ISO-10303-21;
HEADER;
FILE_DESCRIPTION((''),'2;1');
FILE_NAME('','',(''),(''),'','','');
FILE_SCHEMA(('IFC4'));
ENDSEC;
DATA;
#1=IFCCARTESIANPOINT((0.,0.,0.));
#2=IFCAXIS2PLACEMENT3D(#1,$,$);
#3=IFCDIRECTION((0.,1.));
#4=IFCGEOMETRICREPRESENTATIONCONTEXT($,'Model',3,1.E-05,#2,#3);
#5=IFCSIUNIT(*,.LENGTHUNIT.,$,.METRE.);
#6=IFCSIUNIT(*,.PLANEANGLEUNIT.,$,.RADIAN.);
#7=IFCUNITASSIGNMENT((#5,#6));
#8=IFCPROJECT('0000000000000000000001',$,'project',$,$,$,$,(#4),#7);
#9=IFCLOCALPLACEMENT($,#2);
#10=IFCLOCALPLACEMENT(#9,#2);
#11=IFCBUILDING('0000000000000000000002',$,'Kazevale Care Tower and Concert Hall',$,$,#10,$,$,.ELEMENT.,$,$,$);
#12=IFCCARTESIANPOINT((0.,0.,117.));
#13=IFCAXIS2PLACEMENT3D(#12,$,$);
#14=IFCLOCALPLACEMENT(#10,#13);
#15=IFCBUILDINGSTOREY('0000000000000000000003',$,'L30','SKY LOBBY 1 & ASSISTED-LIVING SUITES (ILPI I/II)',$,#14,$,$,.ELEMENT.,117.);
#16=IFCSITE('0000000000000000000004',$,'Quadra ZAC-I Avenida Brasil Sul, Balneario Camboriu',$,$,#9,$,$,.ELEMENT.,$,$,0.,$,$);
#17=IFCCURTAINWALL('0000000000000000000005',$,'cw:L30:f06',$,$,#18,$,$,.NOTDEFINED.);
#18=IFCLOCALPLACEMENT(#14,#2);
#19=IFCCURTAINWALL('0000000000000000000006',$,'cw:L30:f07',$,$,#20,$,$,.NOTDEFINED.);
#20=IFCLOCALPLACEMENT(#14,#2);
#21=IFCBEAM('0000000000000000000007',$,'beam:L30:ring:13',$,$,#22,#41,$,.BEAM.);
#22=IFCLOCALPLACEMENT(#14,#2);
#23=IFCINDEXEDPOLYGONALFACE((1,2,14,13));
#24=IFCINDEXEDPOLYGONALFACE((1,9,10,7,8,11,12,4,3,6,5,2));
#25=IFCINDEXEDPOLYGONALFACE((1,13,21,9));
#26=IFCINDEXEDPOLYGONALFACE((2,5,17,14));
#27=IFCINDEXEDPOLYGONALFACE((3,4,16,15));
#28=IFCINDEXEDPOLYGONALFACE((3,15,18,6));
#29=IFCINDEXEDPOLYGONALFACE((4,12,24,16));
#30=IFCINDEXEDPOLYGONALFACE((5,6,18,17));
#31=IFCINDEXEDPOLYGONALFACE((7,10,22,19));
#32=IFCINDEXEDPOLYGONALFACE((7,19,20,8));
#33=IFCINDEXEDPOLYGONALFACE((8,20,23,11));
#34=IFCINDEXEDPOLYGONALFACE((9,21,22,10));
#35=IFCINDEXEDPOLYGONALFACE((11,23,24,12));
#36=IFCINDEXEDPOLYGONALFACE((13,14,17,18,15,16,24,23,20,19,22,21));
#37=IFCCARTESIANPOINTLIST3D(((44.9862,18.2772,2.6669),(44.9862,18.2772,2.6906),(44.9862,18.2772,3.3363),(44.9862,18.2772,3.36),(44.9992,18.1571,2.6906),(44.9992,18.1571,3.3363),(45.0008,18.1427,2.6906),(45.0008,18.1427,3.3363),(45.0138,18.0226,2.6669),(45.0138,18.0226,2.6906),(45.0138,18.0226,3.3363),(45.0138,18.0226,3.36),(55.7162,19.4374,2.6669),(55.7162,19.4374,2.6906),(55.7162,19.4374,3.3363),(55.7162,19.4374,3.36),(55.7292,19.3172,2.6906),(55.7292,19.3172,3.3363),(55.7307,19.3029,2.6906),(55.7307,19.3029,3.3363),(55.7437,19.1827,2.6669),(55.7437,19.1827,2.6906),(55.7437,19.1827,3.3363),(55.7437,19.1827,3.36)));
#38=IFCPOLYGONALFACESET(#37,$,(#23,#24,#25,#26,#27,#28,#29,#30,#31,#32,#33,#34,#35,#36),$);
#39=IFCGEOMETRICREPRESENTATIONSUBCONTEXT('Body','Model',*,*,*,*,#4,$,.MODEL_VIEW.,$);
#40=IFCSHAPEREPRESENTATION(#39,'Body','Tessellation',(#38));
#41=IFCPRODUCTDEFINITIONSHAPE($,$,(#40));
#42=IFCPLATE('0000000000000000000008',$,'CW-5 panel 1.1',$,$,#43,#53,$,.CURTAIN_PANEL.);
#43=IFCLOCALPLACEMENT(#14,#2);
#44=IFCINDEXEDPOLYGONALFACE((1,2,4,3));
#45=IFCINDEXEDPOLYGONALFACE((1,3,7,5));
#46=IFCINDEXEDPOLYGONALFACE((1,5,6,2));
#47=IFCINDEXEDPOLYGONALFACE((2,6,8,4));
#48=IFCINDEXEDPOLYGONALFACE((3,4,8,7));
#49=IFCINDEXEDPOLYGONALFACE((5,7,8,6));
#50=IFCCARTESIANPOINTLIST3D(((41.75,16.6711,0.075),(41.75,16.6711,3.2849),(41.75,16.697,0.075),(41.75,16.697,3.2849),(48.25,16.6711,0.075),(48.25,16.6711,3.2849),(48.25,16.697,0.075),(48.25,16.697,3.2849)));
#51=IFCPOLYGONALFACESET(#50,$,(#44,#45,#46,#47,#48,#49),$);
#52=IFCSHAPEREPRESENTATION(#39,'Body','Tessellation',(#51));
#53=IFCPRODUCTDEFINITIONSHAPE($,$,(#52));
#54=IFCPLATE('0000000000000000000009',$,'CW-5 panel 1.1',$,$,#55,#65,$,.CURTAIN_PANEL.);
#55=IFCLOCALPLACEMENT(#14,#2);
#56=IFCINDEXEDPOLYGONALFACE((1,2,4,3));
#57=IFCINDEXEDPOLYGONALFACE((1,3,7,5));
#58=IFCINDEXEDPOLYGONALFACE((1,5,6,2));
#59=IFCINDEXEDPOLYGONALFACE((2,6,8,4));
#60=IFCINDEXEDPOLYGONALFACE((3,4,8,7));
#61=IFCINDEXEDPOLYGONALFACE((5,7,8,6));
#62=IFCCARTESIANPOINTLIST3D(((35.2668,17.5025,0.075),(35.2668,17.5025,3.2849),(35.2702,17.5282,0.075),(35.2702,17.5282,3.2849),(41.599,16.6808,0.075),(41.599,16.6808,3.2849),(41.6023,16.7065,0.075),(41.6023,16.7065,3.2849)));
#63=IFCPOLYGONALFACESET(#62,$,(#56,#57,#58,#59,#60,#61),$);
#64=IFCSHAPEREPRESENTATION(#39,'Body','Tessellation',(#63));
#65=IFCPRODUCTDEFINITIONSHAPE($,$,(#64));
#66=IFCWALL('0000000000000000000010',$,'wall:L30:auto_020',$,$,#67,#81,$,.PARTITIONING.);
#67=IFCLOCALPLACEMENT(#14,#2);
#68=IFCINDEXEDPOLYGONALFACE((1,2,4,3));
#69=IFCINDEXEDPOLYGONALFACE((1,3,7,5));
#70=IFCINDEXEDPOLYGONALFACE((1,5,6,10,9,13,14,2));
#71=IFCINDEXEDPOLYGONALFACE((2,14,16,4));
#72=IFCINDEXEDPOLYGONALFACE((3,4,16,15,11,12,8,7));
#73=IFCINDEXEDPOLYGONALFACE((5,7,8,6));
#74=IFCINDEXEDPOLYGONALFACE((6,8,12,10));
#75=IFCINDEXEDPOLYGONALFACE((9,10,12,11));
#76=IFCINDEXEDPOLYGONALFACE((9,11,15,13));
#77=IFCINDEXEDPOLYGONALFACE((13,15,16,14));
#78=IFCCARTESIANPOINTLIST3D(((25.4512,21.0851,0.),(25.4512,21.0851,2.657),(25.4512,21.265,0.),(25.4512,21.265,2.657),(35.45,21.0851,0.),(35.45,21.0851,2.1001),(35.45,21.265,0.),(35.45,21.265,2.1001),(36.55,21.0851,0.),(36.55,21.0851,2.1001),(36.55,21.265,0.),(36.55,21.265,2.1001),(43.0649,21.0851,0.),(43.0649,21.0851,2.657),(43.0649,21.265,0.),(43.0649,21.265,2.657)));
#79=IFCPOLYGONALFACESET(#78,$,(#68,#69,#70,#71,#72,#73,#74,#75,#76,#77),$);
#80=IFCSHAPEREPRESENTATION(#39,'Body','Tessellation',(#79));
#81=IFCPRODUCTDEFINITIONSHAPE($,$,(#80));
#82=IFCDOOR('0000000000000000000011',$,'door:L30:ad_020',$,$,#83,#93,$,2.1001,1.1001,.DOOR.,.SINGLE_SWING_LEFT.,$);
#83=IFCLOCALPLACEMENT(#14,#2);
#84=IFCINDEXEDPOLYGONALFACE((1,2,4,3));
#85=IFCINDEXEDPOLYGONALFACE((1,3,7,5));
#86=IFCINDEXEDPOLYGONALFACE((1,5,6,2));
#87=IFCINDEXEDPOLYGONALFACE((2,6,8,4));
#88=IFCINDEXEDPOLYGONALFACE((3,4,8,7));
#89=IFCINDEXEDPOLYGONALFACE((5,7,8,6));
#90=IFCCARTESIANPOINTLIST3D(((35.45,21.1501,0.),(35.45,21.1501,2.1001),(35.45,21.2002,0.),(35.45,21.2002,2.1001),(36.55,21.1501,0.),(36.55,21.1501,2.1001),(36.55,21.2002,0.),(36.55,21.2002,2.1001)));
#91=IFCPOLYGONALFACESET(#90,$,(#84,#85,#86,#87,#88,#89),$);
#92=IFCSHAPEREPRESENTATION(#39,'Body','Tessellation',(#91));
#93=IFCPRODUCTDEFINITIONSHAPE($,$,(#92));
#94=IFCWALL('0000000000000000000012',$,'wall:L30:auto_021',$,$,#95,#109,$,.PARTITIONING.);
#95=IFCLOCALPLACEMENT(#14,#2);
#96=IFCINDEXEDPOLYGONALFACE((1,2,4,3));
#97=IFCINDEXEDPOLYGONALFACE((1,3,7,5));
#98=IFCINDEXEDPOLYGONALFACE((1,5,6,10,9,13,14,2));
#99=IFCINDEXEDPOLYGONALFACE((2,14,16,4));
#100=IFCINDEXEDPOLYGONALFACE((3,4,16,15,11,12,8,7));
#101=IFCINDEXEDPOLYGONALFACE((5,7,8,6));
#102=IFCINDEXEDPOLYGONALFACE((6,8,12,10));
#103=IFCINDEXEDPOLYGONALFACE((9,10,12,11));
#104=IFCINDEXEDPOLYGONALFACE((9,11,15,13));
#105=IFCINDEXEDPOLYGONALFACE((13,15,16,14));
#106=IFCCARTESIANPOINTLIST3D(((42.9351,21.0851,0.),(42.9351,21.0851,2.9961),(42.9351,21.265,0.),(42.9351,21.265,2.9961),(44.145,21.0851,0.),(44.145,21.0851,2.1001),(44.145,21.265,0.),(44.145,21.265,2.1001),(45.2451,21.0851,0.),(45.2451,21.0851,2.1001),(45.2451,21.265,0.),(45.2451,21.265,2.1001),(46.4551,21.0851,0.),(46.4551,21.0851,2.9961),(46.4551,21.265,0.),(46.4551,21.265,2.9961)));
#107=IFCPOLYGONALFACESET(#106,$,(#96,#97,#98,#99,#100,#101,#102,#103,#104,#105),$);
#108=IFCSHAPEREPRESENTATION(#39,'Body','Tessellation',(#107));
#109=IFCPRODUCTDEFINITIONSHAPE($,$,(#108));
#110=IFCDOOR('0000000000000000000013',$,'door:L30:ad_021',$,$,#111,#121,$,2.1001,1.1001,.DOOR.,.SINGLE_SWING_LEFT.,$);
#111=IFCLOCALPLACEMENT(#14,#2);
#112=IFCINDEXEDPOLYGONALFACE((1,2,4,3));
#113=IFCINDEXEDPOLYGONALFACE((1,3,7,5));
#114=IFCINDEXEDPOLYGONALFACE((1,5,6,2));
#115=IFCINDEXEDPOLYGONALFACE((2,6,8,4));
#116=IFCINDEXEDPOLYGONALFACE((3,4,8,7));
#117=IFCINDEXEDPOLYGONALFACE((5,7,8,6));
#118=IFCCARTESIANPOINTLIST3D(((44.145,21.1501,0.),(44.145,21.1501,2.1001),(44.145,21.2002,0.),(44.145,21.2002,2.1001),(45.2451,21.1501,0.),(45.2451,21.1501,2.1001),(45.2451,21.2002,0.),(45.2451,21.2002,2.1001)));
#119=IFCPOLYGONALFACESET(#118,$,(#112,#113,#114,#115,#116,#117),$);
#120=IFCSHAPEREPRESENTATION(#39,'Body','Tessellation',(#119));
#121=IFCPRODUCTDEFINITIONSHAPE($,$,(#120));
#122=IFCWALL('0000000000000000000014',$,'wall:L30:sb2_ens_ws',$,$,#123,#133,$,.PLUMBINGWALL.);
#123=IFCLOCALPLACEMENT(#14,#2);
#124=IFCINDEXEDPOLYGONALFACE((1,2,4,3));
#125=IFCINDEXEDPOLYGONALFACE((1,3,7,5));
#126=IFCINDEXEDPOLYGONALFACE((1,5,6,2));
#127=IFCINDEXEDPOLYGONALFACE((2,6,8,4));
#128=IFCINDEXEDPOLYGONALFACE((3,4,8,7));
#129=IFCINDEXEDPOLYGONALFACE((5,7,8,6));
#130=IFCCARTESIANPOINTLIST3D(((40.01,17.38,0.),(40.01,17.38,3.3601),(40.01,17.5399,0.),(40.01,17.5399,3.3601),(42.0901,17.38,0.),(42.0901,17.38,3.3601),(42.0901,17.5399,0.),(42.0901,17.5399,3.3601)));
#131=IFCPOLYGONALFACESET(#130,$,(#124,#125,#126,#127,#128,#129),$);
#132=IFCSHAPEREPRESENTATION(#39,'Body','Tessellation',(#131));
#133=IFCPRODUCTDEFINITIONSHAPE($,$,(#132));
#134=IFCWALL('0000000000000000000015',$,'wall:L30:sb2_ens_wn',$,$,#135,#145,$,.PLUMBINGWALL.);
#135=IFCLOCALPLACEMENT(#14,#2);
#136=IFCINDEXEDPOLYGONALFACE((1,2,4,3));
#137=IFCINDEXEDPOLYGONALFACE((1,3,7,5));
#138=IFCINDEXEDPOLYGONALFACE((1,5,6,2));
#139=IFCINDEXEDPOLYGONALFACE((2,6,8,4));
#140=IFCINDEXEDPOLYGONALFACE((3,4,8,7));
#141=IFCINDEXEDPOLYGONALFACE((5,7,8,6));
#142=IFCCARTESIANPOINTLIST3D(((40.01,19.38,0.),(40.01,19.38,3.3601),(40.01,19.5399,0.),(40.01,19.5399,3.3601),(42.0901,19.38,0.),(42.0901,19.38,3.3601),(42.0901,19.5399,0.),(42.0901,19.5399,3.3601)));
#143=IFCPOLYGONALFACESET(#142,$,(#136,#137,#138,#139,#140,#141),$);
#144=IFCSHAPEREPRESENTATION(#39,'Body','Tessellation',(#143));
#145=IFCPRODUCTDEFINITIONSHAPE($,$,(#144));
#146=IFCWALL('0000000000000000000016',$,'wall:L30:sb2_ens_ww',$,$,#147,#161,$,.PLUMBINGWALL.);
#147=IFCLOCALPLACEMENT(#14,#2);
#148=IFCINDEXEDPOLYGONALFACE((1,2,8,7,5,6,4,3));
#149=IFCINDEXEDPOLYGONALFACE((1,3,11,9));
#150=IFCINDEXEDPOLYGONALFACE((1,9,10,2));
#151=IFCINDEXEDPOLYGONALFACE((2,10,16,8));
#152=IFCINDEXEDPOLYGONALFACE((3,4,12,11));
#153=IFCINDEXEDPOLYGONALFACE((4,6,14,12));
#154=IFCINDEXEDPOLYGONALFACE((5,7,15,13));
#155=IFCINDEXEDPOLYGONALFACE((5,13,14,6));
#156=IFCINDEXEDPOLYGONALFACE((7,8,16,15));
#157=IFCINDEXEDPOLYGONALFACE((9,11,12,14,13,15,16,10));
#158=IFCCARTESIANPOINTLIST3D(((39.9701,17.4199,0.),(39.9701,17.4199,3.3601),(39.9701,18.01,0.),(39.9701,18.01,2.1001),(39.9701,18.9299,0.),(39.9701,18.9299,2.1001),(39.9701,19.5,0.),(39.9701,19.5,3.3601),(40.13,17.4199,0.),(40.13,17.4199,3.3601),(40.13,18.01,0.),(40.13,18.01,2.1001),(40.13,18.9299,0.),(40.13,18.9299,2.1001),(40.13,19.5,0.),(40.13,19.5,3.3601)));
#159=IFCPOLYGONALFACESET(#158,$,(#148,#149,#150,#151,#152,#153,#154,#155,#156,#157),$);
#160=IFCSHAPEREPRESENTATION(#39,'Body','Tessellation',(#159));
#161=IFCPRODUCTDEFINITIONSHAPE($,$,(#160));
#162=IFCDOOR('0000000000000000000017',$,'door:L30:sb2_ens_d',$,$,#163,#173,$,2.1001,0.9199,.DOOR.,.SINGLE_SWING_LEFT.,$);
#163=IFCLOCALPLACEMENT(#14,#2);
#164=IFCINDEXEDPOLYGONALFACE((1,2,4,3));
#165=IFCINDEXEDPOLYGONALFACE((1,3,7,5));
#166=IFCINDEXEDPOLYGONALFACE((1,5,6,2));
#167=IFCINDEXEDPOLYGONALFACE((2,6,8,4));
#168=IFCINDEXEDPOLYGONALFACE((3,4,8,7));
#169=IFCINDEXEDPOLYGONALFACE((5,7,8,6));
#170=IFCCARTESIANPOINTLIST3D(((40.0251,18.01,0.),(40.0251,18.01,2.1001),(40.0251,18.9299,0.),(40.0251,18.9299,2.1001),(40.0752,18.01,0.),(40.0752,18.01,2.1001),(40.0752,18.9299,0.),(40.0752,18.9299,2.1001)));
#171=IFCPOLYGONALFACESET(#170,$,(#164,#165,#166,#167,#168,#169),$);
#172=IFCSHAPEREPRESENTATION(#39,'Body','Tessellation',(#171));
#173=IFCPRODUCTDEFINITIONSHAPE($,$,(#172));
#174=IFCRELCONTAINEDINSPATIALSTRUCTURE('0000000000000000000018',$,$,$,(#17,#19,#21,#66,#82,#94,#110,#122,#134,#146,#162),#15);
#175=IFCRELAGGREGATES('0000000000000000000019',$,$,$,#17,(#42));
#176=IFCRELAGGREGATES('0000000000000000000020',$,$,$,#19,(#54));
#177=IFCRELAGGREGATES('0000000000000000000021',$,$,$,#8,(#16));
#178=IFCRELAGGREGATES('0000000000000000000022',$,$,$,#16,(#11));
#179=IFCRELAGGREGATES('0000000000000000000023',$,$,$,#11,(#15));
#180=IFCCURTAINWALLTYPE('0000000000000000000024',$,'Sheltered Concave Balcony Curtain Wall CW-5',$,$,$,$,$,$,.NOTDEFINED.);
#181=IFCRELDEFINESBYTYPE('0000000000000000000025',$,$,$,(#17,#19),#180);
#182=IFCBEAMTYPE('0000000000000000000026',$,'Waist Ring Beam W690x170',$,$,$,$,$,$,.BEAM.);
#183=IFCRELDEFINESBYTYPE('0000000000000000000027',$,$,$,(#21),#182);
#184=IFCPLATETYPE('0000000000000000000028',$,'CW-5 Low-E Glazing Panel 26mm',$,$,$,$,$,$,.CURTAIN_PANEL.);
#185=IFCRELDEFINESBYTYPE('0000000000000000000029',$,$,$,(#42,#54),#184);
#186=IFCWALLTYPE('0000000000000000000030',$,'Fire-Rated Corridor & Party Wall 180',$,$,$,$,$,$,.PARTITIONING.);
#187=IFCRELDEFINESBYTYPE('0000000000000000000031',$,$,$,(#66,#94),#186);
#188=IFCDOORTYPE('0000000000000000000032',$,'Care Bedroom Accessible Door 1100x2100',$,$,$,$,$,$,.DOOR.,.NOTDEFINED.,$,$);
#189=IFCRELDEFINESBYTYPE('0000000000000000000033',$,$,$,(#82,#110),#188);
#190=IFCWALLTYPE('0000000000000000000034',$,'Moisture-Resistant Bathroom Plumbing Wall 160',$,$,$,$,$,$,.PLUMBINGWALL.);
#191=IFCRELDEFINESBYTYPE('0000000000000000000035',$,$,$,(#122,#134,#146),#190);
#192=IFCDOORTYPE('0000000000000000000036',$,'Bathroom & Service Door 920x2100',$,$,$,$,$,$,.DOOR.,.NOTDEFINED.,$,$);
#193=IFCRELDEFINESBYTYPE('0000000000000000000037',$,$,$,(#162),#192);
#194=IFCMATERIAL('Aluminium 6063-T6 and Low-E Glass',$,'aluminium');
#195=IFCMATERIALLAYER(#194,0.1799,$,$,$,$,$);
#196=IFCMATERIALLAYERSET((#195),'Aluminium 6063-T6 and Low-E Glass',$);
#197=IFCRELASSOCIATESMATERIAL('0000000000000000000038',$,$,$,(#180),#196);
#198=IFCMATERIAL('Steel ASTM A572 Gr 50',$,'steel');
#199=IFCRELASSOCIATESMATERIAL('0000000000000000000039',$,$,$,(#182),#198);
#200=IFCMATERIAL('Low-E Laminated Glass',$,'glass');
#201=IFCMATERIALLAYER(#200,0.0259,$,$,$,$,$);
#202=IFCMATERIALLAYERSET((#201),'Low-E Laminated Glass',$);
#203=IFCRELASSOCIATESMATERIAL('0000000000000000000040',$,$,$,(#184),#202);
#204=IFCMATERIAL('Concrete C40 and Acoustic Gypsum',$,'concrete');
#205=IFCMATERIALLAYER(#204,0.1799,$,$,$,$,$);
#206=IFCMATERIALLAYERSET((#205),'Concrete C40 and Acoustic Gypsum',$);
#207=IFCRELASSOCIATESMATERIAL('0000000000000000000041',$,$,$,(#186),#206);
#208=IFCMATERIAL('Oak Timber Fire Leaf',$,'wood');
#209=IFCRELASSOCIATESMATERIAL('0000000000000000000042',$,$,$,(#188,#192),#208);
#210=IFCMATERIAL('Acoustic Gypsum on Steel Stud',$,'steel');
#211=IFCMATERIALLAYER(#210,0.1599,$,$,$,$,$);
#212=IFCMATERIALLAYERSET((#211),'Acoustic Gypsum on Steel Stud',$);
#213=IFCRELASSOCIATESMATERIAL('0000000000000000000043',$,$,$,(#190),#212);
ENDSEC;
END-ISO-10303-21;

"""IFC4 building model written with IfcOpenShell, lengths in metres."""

from ifc_helpers import new_model, si_unit, direction, frame, frame_2d, origin, origin_2d, place, context, subcontext, project, spatial, rectangle, i_section, extrude, material, layer, layer_set, material_profile, profile_set, type_object, element, fill, aggregate, save


model = new_model("IFC4")

# Units and contexts
model_context = context("Model", 3, precision=1e-05, world=origin(), true_north=direction((0.0, 1.0)))
body_context = subcontext(model_context, "Body", "Model", "MODEL_VIEW")
ifc_project = project(units=[si_unit("LENGTHUNIT", "METRE"), si_unit("PLANEANGLEUNIT", "RADIAN")], contexts=[model_context])

# Site, building, storey
site_placement = place(None, origin())
site = spatial("IfcSite", under=ifc_project, at=site_placement, Name="Quadra ZAC-I Avenida Brasil Sul, Balneario Camboriu", CompositionType="ELEMENT", RefElevation=0.0)
building_placement = place(site_placement, origin())
building = spatial("IfcBuilding", under=site, at=building_placement, Name="Kazevale Care Tower and Concert Hall", CompositionType="ELEMENT")
storey_placement = place(building_placement, frame((0.0, 0.0, 117.0)))
storey = spatial("IfcBuildingStorey", under=building, at=storey_placement, Name="L30", Description="SKY LOBBY 1 & ASSISTED-LIVING SUITES (ILPI I/II)", CompositionType="ELEMENT", Elevation=117.0)

# Curtain walls
ifc_material_1 = material(Name="Aluminium 6063-T6 and Low-E Glass", Category="aluminium")
ifc_layer_1 = layer(ifc_material_1, 0.1799)
ifc_layer_set_1 = layer_set([ifc_layer_1], Name="Aluminium 6063-T6 and Low-E Glass")
curtain_wall_type = type_object("IfcCurtainWallType", Name="Sheltered Concave Balcony Curtain Wall CW-5", PredefinedType="NOTDEFINED", material=ifc_layer_set_1)
curtain_wall_1_placement = place(storey_placement, origin())
curtain_wall_1 = element("IfcCurtainWall", 1, at=curtain_wall_1_placement, inside=storey, type_object=curtain_wall_type, Name="cw:L30:f06", PredefinedType="NOTDEFINED")
curtain_wall_2_placement = place(storey_placement, origin())
curtain_wall_2 = element("IfcCurtainWall", 2, at=curtain_wall_2_placement, inside=storey, type_object=curtain_wall_type, Name="cw:L30:f07", PredefinedType="NOTDEFINED")

# Beam
ifc_material_2 = material(Name="Steel ASTM A572 Gr 50", Category="steel")
ifc_material_profile_1 = material_profile(ifc_material_2, i_section(OverallWidth=0.2561, OverallDepth=0.6931, WebThickness=0.0144, FlangeThickness=0.0237, at=origin_2d()), Name="W690x170")
ifc_profile_set_1 = profile_set([ifc_material_profile_1], Name="Steel ASTM A572 Gr 50")
beam_type_1 = type_object("IfcBeamType", Name="Waist Ring Beam W690x170", PredefinedType="BEAM", material=ifc_profile_set_1)
beam_1_placement = place(storey_placement, frame((45.0, 18.1499, 3.0134), z_axis=(0.994205, 0.107496, 0.0), x_axis=(-0.107496, 0.994205, 0.0)))
element("IfcBeam", 3, at=beam_1_placement, inside=storey, type_object=beam_type_1, Name="beam:L30:ring:13", PredefinedType="BEAM", context=body_context, shape_type="SweptSolid", body=[
    extrude(i_section(OverallWidth=0.2561, OverallDepth=0.6931, WebThickness=0.0144, FlangeThickness=0.0237, at=origin_2d()), origin(), (0.0, 0.0, 1.0), 10.7925),
])

# Plates
ifc_material_3 = material(Name="Low-E Laminated Glass", Category="glass")
ifc_layer_2 = layer(ifc_material_3, 0.0259)
ifc_layer_set_2 = layer_set([ifc_layer_2], Name="Low-E Laminated Glass")
plate_type = type_object("IfcPlateType", Name="CW-5 Low-E Glazing Panel 26mm", PredefinedType="CURTAIN_PANEL", material=ifc_layer_set_2)
plate_1_placement = place(storey_placement, frame((45.0, 16.6841, 0.075), z_axis=(0.0, 0.0, 1.0), x_axis=(-1.0, 0.0, 0.0)))
plate_1 = element("IfcPlate", 4, at=plate_1_placement, type_object=plate_type, Name="CW-5 panel 1.1", PredefinedType="CURTAIN_PANEL", context=body_context, shape_type="SweptSolid", body=[
    extrude(rectangle(XDim=6.5, YDim=0.0259, at=origin_2d()), origin(), (0.0, 0.0, 1.0), 3.21),
])
aggregate(curtain_wall_1, [plate_1])
plate_2_placement = place(storey_placement, frame((38.4346, 17.1045, 0.075), z_axis=(0.0, 0.0, 1.0), x_axis=(-0.991686, 0.128685, 0.0)))
plate_2 = element("IfcPlate", 5, at=plate_2_placement, type_object=plate_type, Name="CW-5 panel 1.1", PredefinedType="CURTAIN_PANEL", context=body_context, shape_type="SweptSolid", body=[
    extrude(rectangle(XDim=6.3853, YDim=0.0259, at=origin_2d()), origin(), (0.0, 0.0, 1.0), 3.21),
])
aggregate(curtain_wall_2, [plate_2])

# Walls, openings, doors
ifc_material_4 = material(Name="Concrete C40 and Acoustic Gypsum", Category="concrete")
ifc_layer_3 = layer(ifc_material_4, 0.1799)
ifc_layer_set_3 = layer_set([ifc_layer_3], Name="Concrete C40 and Acoustic Gypsum")
wall_type_1 = type_object("IfcWallType", Name="Fire-Rated Corridor & Party Wall 180", PredefinedType="PARTITIONING", material=ifc_layer_set_3)
wall_1_placement = place(storey_placement, frame((43.0649, 21.175, 0.0), z_axis=(0.0, 0.0, 1.0), x_axis=(-1.0, 0.0, 0.0)))
wall_1 = element("IfcWall", 6, at=wall_1_placement, inside=storey, type_object=wall_type_1, Name="wall:L30:auto_020", PredefinedType="PARTITIONING", context=body_context, shape_type="SweptSolid", body=[
    extrude(rectangle(XDim=17.6138, YDim=0.1799, at=frame_2d((8.8069, 0.0))), origin(), (0.0, 0.0, 1.0), 2.657),
])
opening_1_placement = place(wall_1_placement, frame((6.5149, 0.0, 0.0)))
opening_1 = element("IfcOpeningElement", 7, at=opening_1_placement, cuts=wall_1, PredefinedType="OPENING", context=body_context, shape_type="SweptSolid", body=[
    extrude(rectangle(XDim=1.1001, YDim=2.1001, at=frame_2d((0.55, 1.05))), frame((0.0, 0.0999, 0.0), z_axis=(0.0, -1.0, 0.0), x_axis=(1.0, 0.0, 0.0)), (0.0, 0.0, 1.0), 0.2),
])
ifc_material_5 = material(Name="Oak Timber Fire Leaf", Category="wood")
door_type_1 = type_object("IfcDoorType", Name="Care Bedroom Accessible Door 1100x2100", OperationType="NOTDEFINED", PredefinedType="DOOR", material=ifc_material_5)
door_1_placement = place(opening_1_placement, origin())
door_1 = element("IfcDoor", 8, at=door_1_placement, inside=storey, type_object=door_type_1, Name="door:L30:ad_020", OperationType="SINGLE_SWING_LEFT", OverallHeight=2.1001, OverallWidth=1.1001, PredefinedType="DOOR", context=body_context, shape_type="SweptSolid", body=[
    extrude(rectangle(XDim=1.1001, YDim=2.1001, at=frame_2d((0.55, 1.05))), frame((0.0, 0.0249, 0.0), z_axis=(0.0, -1.0, 0.0), x_axis=(1.0, 0.0, 0.0)), (0.0, 0.0, 1.0), 0.05),
])
fill(opening_1, door_1)
wall_2_placement = place(storey_placement, frame((46.4551, 21.175, 0.0), z_axis=(0.0, 0.0, 1.0), x_axis=(-1.0, 0.0, 0.0)))
wall_2 = element("IfcWall", 9, at=wall_2_placement, inside=storey, type_object=wall_type_1, Name="wall:L30:auto_021", PredefinedType="PARTITIONING", context=body_context, shape_type="SweptSolid", body=[
    extrude(rectangle(XDim=3.52, YDim=0.1799, at=frame_2d((1.76, 0.0))), origin(), (0.0, 0.0, 1.0), 2.9961),
])
opening_2_placement = place(wall_2_placement, frame((1.21, 0.0, 0.0)))
opening_2 = element("IfcOpeningElement", 10, at=opening_2_placement, cuts=wall_2, PredefinedType="OPENING", context=body_context, shape_type="SweptSolid", body=[
    extrude(rectangle(XDim=1.1001, YDim=2.1001, at=frame_2d((0.55, 1.05))), frame((0.0, 0.0999, 0.0), z_axis=(0.0, -1.0, 0.0), x_axis=(1.0, 0.0, 0.0)), (0.0, 0.0, 1.0), 0.2),
])
door_2_placement = place(opening_2_placement, origin())
door_2 = element("IfcDoor", 11, at=door_2_placement, inside=storey, type_object=door_type_1, Name="door:L30:ad_021", OperationType="SINGLE_SWING_LEFT", OverallHeight=2.1001, OverallWidth=1.1001, PredefinedType="DOOR", context=body_context, shape_type="SweptSolid", body=[
    extrude(rectangle(XDim=1.1001, YDim=2.1001, at=frame_2d((0.55, 1.05))), frame((0.0, 0.0249, 0.0), z_axis=(0.0, -1.0, 0.0), x_axis=(1.0, 0.0, 0.0)), (0.0, 0.0, 1.0), 0.05),
])
fill(opening_2, door_2)

# Walls
ifc_material_6 = material(Name="Acoustic Gypsum on Steel Stud", Category="steel")
ifc_layer_4 = layer(ifc_material_6, 0.1599)
ifc_layer_set_4 = layer_set([ifc_layer_4], Name="Acoustic Gypsum on Steel Stud")
wall_type_2 = type_object("IfcWallType", Name="Moisture-Resistant Bathroom Plumbing Wall 160", PredefinedType="PLUMBINGWALL", material=ifc_layer_set_4)
for number, where, z_axis, x_axis, name in (
    (12, (40.01, 17.46, 0.0), (0.0, 0.0, 1.0), (1.0, 0.0, 0.0), "wall:L30:sb2_ens_ws"),
    (13, (40.01, 19.46, 0.0), (0.0, 0.0, 1.0), (1.0, 0.0, 0.0), "wall:L30:sb2_ens_wn"),
):
    element("IfcWall", number, at=place(storey_placement, frame(where, z_axis=z_axis, x_axis=x_axis)), inside=storey, type_object=wall_type_2, Name=name, PredefinedType="PLUMBINGWALL", context=body_context, shape_type="SweptSolid", body=[
        extrude(rectangle(XDim=2.0801, YDim=0.1599, at=frame_2d((1.04, 0.0))), origin(), (0.0, 0.0, 1.0), 3.3601),
    ])

# Wall, opening, door
wall_3_placement = place(storey_placement, frame((40.05, 17.4199, 0.0), z_axis=(0.0, 0.0, 1.0), x_axis=(0.0, 1.0, 0.0)))
wall_3 = element("IfcWall", 14, at=wall_3_placement, inside=storey, type_object=wall_type_2, Name="wall:L30:sb2_ens_ww", PredefinedType="PLUMBINGWALL", context=body_context, shape_type="SweptSolid", body=[
    extrude(rectangle(XDim=2.0801, YDim=0.1599, at=frame_2d((1.04, 0.0))), origin(), (0.0, 0.0, 1.0), 3.3601),
])
opening_3_placement = place(wall_3_placement, frame((0.5901, 0.0, 0.0)))
opening_3 = element("IfcOpeningElement", 15, at=opening_3_placement, cuts=wall_3, PredefinedType="OPENING", context=body_context, shape_type="SweptSolid", body=[
    extrude(rectangle(XDim=0.9199, YDim=2.1001, at=frame_2d((0.46, 1.05))), frame((0.0, 0.0898, 0.0), z_axis=(0.0, -1.0, 0.0), x_axis=(1.0, 0.0, 0.0)), (0.0, 0.0, 1.0), 0.1799),
])
door_type_2 = type_object("IfcDoorType", Name="Bathroom & Service Door 920x2100", OperationType="NOTDEFINED", PredefinedType="DOOR", material=ifc_material_5)
door_3_placement = place(opening_3_placement, origin())
door_3 = element("IfcDoor", 16, at=door_3_placement, inside=storey, type_object=door_type_2, Name="door:L30:sb2_ens_d", OperationType="SINGLE_SWING_LEFT", OverallHeight=2.1001, OverallWidth=0.9199, PredefinedType="DOOR", context=body_context, shape_type="SweptSolid", body=[
    extrude(rectangle(XDim=0.9199, YDim=2.1001, at=frame_2d((0.46, 1.05))), frame((0.0, 0.0249, 0.0), z_axis=(0.0, -1.0, 0.0), x_axis=(1.0, 0.0, 0.0)), (0.0, 0.0, 1.0), 0.05),
])
fill(opening_3, door_3)

save(model, "model.ifc")
